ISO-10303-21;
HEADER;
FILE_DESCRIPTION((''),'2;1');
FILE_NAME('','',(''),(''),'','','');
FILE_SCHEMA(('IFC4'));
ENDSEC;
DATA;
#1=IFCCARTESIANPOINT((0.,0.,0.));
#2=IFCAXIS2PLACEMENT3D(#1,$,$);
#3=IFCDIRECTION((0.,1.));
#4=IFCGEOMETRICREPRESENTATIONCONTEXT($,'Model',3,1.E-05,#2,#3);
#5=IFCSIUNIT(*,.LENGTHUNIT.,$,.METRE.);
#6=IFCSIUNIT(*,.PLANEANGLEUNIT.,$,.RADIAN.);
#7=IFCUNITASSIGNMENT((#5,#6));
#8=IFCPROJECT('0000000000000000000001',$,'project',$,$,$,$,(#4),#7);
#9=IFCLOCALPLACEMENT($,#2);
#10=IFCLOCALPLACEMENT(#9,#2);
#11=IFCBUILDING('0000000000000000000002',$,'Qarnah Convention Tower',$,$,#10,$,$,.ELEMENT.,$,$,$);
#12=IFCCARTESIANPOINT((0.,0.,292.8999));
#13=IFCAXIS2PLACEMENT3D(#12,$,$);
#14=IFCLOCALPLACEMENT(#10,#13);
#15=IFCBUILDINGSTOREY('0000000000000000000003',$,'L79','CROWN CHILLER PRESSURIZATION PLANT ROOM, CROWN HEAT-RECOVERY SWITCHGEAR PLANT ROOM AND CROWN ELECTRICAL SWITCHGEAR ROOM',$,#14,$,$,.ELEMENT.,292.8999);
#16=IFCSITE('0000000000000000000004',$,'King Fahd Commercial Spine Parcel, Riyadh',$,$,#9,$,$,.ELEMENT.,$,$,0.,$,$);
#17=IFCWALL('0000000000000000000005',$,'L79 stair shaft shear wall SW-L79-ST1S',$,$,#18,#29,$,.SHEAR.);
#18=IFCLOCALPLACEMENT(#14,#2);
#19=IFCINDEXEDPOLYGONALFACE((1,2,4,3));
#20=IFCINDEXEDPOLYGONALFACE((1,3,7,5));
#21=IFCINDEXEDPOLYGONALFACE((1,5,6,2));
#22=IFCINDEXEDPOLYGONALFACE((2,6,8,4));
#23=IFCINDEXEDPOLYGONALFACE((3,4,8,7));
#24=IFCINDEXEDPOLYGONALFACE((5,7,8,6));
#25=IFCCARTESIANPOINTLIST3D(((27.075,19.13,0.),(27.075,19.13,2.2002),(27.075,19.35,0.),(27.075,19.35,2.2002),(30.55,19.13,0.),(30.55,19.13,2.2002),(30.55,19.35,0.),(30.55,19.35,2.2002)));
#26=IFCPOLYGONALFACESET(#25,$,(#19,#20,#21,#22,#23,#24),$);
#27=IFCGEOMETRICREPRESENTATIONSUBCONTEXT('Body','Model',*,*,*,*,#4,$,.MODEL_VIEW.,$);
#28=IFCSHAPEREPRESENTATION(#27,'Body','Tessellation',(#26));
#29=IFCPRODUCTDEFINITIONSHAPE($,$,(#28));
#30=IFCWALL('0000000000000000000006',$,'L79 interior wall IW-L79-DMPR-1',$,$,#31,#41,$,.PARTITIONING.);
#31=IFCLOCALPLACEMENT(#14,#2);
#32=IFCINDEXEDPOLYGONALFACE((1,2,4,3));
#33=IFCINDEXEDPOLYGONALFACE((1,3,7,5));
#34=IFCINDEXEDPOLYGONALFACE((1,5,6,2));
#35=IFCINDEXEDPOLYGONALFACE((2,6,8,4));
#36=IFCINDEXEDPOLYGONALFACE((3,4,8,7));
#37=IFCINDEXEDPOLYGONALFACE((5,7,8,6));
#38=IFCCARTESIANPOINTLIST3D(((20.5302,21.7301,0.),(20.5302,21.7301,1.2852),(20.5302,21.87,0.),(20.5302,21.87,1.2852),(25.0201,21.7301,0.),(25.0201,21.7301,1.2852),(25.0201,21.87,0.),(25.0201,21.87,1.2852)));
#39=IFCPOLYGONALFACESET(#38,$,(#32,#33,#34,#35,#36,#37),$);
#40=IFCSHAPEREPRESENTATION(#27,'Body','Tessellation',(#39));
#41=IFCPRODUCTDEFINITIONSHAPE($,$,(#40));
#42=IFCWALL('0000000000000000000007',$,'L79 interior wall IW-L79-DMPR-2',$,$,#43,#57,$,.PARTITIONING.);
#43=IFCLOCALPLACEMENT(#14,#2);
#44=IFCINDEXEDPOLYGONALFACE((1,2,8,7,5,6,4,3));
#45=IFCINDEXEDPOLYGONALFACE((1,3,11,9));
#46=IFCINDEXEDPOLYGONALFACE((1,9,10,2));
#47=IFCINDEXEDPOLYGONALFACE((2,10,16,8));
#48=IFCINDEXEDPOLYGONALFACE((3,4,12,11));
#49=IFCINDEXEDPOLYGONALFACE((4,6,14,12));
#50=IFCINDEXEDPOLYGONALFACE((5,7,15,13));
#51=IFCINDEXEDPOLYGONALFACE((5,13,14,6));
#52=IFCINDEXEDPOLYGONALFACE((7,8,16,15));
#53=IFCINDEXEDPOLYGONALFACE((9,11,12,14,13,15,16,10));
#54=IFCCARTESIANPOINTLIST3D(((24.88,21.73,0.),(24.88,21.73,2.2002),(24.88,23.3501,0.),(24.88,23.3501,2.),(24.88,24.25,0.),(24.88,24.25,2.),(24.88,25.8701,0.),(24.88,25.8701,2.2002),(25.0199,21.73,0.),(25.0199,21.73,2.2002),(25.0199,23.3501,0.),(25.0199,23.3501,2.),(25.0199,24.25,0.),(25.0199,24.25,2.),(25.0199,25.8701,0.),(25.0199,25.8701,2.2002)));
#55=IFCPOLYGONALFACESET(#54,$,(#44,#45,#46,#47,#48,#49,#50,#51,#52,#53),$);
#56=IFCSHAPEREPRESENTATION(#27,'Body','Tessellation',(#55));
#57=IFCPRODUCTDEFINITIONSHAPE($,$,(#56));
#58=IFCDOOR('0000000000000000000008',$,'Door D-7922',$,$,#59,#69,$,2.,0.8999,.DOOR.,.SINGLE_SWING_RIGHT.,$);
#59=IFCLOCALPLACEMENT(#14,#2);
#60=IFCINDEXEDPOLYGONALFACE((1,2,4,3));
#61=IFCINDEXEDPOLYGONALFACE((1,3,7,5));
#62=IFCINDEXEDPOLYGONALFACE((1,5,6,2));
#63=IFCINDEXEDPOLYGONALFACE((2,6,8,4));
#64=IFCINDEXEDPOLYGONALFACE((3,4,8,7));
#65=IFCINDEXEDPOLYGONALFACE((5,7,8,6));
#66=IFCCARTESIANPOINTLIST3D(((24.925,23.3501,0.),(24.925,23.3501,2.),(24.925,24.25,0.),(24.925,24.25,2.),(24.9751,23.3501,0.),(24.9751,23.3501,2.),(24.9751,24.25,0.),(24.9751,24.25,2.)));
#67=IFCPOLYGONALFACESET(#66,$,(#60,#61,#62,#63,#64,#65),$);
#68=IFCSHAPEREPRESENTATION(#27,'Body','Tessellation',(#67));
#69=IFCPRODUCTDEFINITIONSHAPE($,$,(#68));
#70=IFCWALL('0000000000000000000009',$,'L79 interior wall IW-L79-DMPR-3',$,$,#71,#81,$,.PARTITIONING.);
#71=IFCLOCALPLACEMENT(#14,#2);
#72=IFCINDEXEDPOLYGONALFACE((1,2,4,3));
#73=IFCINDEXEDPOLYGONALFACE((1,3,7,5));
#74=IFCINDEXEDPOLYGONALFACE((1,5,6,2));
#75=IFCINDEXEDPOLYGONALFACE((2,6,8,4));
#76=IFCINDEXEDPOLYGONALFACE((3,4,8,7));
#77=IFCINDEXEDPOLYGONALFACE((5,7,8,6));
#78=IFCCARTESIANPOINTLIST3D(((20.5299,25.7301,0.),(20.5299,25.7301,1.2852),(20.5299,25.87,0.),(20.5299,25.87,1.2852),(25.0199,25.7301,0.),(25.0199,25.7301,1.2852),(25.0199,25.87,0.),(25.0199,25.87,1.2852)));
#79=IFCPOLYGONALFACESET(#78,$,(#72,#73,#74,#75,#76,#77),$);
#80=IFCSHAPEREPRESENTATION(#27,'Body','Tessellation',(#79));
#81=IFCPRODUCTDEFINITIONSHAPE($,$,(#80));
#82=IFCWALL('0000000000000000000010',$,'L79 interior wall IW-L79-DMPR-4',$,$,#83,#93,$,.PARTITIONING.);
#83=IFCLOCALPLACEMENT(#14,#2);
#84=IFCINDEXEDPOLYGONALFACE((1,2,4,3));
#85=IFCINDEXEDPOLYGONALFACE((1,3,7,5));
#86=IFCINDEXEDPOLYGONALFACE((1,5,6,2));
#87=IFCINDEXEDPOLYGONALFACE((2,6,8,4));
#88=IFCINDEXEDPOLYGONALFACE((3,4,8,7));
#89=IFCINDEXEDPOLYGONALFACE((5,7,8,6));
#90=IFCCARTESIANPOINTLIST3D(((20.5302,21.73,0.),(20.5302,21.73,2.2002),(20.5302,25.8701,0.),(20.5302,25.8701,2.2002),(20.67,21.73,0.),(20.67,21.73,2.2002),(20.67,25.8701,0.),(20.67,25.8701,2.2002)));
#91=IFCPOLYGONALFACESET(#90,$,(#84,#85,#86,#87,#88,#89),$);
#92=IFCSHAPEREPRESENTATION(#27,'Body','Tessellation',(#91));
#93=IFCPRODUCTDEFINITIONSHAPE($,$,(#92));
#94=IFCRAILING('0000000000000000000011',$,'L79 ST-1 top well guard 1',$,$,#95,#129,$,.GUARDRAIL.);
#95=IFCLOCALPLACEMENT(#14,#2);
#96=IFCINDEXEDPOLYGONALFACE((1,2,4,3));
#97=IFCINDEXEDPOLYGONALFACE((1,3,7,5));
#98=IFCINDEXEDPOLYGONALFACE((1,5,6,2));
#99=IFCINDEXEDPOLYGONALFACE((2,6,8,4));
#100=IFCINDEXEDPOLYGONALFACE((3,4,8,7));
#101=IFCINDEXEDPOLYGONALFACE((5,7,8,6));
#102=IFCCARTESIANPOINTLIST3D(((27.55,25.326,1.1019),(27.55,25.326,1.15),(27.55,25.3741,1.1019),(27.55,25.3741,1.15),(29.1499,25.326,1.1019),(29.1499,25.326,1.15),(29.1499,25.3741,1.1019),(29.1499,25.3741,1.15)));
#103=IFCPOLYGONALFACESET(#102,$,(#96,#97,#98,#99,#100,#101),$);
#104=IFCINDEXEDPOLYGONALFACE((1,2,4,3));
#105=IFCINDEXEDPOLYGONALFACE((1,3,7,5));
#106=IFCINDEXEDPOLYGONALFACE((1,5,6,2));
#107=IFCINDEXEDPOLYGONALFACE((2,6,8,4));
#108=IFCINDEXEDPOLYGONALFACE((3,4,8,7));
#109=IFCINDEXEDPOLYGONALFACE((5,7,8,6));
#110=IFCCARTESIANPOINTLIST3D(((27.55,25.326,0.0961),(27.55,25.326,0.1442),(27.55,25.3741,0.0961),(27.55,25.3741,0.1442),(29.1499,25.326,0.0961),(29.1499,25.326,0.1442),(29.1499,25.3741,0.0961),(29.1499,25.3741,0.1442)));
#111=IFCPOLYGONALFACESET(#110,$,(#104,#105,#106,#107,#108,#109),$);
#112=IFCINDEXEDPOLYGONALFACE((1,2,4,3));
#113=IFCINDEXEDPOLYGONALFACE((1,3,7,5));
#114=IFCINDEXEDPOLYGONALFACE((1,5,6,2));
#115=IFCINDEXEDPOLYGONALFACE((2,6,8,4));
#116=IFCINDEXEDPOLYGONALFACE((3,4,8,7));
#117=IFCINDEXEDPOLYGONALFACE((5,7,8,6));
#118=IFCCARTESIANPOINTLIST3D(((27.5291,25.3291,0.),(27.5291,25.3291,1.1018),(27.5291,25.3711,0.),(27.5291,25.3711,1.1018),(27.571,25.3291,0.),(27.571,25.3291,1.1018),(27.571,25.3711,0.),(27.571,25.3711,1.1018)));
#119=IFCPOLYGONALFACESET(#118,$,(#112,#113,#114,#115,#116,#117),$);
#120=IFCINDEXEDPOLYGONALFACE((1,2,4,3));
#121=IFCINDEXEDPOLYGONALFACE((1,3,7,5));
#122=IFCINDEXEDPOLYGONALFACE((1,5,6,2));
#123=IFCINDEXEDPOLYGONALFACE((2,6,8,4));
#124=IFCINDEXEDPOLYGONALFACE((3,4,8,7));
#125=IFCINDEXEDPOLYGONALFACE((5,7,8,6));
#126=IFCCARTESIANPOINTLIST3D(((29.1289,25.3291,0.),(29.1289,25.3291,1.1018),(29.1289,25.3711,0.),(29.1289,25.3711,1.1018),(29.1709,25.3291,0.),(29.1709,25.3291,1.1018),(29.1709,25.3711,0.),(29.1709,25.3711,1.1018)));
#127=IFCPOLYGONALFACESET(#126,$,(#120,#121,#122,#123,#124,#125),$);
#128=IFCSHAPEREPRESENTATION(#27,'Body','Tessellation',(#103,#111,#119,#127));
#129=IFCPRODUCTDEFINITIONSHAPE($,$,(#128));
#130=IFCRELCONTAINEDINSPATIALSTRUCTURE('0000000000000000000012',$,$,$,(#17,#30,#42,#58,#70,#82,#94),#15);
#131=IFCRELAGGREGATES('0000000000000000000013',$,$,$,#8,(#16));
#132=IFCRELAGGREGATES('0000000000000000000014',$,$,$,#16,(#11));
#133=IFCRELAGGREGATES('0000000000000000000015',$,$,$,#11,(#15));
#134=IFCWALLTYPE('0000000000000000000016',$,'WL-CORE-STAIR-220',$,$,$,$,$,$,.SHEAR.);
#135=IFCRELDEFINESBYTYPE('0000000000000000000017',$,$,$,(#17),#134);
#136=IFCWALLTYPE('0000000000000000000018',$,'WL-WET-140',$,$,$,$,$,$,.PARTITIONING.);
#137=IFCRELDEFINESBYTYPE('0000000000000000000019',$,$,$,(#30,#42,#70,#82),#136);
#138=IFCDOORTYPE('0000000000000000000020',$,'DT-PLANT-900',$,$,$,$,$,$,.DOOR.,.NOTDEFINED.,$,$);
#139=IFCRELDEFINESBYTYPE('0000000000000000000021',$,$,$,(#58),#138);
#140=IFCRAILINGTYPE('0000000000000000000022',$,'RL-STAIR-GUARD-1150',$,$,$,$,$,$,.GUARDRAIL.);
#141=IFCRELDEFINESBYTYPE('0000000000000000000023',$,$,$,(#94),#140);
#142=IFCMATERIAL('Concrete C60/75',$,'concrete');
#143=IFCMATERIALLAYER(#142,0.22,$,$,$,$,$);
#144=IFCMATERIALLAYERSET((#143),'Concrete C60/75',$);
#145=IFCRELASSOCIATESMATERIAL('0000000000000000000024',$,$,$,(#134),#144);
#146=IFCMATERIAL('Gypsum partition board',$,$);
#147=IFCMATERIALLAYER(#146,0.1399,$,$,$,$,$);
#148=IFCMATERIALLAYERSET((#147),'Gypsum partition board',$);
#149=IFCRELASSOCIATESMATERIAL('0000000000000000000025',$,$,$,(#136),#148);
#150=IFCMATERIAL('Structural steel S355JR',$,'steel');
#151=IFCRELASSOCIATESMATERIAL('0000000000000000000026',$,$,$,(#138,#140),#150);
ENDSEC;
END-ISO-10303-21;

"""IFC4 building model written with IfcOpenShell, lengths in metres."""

from ifc_helpers import new_model, si_unit, direction, frame, frame_2d, origin, origin_2d, place, context, subcontext, project, spatial, rectangle, extrude, material, layer, layer_set, type_object, element, fill, save


model = new_model("IFC4")

# Units and contexts
model_context = context("Model", 3, precision=1e-05, world=origin(), true_north=direction((0.0, 1.0)))
body_context = subcontext(model_context, "Body", "Model", "MODEL_VIEW")
ifc_project = project(units=[si_unit("LENGTHUNIT", "METRE"), si_unit("PLANEANGLEUNIT", "RADIAN")], contexts=[model_context])

# Site, building, storey
site_placement = place(None, origin())
site = spatial("IfcSite", under=ifc_project, at=site_placement, Name="King Fahd Commercial Spine Parcel, Riyadh", CompositionType="ELEMENT", RefElevation=0.0)
building_placement = place(site_placement, origin())
building = spatial("IfcBuilding", under=site, at=building_placement, Name="Qarnah Convention Tower", CompositionType="ELEMENT")
storey_placement = place(building_placement, frame((0.0, 0.0, 292.8999)))
storey = spatial("IfcBuildingStorey", under=building, at=storey_placement, Name="L79", Description="CROWN CHILLER PRESSURIZATION PLANT ROOM, CROWN HEAT-RECOVERY SWITCHGEAR PLANT ROOM AND CROWN ELECTRICAL SWITCHGEAR ROOM", CompositionType="ELEMENT", Elevation=292.8999)

# Shared definitions
ifc_material_1 = material(Name="Structural steel S355JR", Category="steel")

# Shared definitions
ifc_material_2 = material(Name="Concrete C60/75", Category="concrete")

# Walls
ifc_layer_1 = layer(ifc_material_2, 0.22)
ifc_layer_set_1 = layer_set([ifc_layer_1], Name="Concrete C60/75")
wall_type_1 = type_object("IfcWallType", Name="WL-CORE-STAIR-220", PredefinedType="SHEAR", material=ifc_layer_set_1)
wall_1_placement = place(storey_placement, frame((27.075, 19.24, 0.0), z_axis=(0.0, 0.0, 1.0), x_axis=(1.0, 0.0, 0.0)))
element("IfcWall", 1, at=wall_1_placement, inside=storey, type_object=wall_type_1, Name="L79 stair shaft shear wall SW-L79-ST1S", PredefinedType="SHEAR", context=body_context, shape_type="SweptSolid", body=[
    extrude(rectangle(XDim=3.4751, YDim=0.22, at=frame_2d((1.7375, 0.0))), origin(), (0.0, 0.0, 1.0), 2.2002),
])
ifc_material_3 = material(Name="Gypsum partition board")
ifc_layer_2 = layer(ifc_material_3, 0.1399)
ifc_layer_set_2 = layer_set([ifc_layer_2], Name="Gypsum partition board")
wall_type_2 = type_object("IfcWallType", Name="WL-WET-140", PredefinedType="PARTITIONING", material=ifc_layer_set_2)
wall_2_placement = place(storey_placement, frame((20.53, 21.8, 0.0), z_axis=(0.0, 0.0, 1.0), x_axis=(1.0, 0.0, 0.0)))
element("IfcWall", 2, at=wall_2_placement, inside=storey, type_object=wall_type_2, Name="L79 interior wall IW-L79-DMPR-1", PredefinedType="PARTITIONING", context=body_context, shape_type="SweptSolid", body=[
    extrude(rectangle(XDim=4.49, YDim=0.1399, at=frame_2d((2.2451, 0.0))), origin(), (0.0, 0.0, 1.0), 1.2852),
])

# Wall, opening, door
wall_3_placement = place(storey_placement, frame((24.95, 21.73, 0.0), z_axis=(0.0, 0.0, 1.0), x_axis=(0.0, 1.0, 0.0)))
wall_3 = element("IfcWall", 3, at=wall_3_placement, inside=storey, type_object=wall_type_2, Name="L79 interior wall IW-L79-DMPR-2", PredefinedType="PARTITIONING", context=body_context, shape_type="SweptSolid", body=[
    extrude(rectangle(XDim=4.1401, YDim=0.1399, at=frame_2d((2.0701, 0.0))), origin(), (0.0, 0.0, 1.0), 2.2002),
])
opening_1_placement = place(wall_3_placement, frame((1.6201, 0.0, 0.0)))
opening_1 = element("IfcOpeningElement", 4, at=opening_1_placement, cuts=wall_3, PredefinedType="OPENING", context=body_context, shape_type="SweptSolid", body=[
    extrude(rectangle(XDim=0.8999, YDim=2.0, at=frame_2d((0.45, 1.0))), frame((0.0, 0.0798, 0.0), z_axis=(0.0, -1.0, 0.0), x_axis=(1.0, 0.0, 0.0)), (0.0, 0.0, 1.0), 0.1599),
])
door_type_1 = type_object("IfcDoorType", Name="DT-PLANT-900", OperationType="NOTDEFINED", PredefinedType="DOOR", material=ifc_material_1)
door_1_placement = place(opening_1_placement, origin())
door_1 = element("IfcDoor", 5, at=door_1_placement, inside=storey, type_object=door_type_1, Name="Door D-7922", OperationType="SINGLE_SWING_RIGHT", OverallHeight=2.0, OverallWidth=0.8999, PredefinedType="DOOR", context=body_context, shape_type="SweptSolid", body=[
    extrude(rectangle(XDim=0.8999, YDim=2.0, at=frame_2d((0.45, 1.0))), frame((0.0, 0.0249, 0.0), z_axis=(0.0, -1.0, 0.0), x_axis=(1.0, 0.0, 0.0)), (0.0, 0.0, 1.0), 0.05),
])
fill(opening_1, door_1)

# Walls
wall_4_placement = place(storey_placement, frame((25.02, 25.8, 0.0), z_axis=(0.0, 0.0, 1.0), x_axis=(-1.0, 0.0, 0.0)))
element("IfcWall", 6, at=wall_4_placement, inside=storey, type_object=wall_type_2, Name="L79 interior wall IW-L79-DMPR-3", PredefinedType="PARTITIONING", context=body_context, shape_type="SweptSolid", body=[
    extrude(rectangle(XDim=4.49, YDim=0.1399, at=frame_2d((2.2451, 0.0))), origin(), (0.0, 0.0, 1.0), 1.2852),
])
wall_5_placement = place(storey_placement, frame((20.6001, 25.8701, 0.0), z_axis=(0.0, 0.0, 1.0), x_axis=(0.0, -1.0, 0.0)))
element("IfcWall", 7, at=wall_5_placement, inside=storey, type_object=wall_type_2, Name="L79 interior wall IW-L79-DMPR-4", PredefinedType="PARTITIONING", context=body_context, shape_type="SweptSolid", body=[
    extrude(rectangle(XDim=4.1401, YDim=0.1399, at=frame_2d((2.0701, 0.0))), origin(), (0.0, 0.0, 1.0), 2.2002),
])

# Railing
railing_type = type_object("IfcRailingType", Name="RL-STAIR-GUARD-1150", PredefinedType="GUARDRAIL", material=ifc_material_1)
railing_placement = place(storey_placement, frame((27.55, 25.3501, 0.0)))
element("IfcRailing", 8, at=railing_placement, inside=storey, type_object=railing_type, Name="L79 ST-1 top well guard 1", PredefinedType="GUARDRAIL", context=body_context, shape_type="SweptSolid", body=[
    extrude(rectangle(XDim=0.0481, YDim=0.0481, at=origin_2d()), frame((0.0, 0.0, 1.126), z_axis=(1.0, 0.0, 0.0), x_axis=(0.0, 1.0, 0.0)), (0.0, 0.0, 1.0), 1.5999),
    extrude(rectangle(XDim=0.0481, YDim=0.0481, at=origin_2d()), frame((0.0, 0.0, 0.1201), z_axis=(1.0, 0.0, 0.0), x_axis=(0.0, 1.0, 0.0)), (0.0, 0.0, 1.0), 1.5999),
    extrude(rectangle(XDim=0.042, YDim=0.042, at=origin_2d()), origin(), (0.0, 0.0, 1.0), 1.1018),
    extrude(rectangle(XDim=0.042, YDim=0.042, at=origin_2d()), frame((1.5999, 0.0, 0.0)), (0.0, 0.0, 1.0), 1.1018),
])

save(model, "model.ifc")
